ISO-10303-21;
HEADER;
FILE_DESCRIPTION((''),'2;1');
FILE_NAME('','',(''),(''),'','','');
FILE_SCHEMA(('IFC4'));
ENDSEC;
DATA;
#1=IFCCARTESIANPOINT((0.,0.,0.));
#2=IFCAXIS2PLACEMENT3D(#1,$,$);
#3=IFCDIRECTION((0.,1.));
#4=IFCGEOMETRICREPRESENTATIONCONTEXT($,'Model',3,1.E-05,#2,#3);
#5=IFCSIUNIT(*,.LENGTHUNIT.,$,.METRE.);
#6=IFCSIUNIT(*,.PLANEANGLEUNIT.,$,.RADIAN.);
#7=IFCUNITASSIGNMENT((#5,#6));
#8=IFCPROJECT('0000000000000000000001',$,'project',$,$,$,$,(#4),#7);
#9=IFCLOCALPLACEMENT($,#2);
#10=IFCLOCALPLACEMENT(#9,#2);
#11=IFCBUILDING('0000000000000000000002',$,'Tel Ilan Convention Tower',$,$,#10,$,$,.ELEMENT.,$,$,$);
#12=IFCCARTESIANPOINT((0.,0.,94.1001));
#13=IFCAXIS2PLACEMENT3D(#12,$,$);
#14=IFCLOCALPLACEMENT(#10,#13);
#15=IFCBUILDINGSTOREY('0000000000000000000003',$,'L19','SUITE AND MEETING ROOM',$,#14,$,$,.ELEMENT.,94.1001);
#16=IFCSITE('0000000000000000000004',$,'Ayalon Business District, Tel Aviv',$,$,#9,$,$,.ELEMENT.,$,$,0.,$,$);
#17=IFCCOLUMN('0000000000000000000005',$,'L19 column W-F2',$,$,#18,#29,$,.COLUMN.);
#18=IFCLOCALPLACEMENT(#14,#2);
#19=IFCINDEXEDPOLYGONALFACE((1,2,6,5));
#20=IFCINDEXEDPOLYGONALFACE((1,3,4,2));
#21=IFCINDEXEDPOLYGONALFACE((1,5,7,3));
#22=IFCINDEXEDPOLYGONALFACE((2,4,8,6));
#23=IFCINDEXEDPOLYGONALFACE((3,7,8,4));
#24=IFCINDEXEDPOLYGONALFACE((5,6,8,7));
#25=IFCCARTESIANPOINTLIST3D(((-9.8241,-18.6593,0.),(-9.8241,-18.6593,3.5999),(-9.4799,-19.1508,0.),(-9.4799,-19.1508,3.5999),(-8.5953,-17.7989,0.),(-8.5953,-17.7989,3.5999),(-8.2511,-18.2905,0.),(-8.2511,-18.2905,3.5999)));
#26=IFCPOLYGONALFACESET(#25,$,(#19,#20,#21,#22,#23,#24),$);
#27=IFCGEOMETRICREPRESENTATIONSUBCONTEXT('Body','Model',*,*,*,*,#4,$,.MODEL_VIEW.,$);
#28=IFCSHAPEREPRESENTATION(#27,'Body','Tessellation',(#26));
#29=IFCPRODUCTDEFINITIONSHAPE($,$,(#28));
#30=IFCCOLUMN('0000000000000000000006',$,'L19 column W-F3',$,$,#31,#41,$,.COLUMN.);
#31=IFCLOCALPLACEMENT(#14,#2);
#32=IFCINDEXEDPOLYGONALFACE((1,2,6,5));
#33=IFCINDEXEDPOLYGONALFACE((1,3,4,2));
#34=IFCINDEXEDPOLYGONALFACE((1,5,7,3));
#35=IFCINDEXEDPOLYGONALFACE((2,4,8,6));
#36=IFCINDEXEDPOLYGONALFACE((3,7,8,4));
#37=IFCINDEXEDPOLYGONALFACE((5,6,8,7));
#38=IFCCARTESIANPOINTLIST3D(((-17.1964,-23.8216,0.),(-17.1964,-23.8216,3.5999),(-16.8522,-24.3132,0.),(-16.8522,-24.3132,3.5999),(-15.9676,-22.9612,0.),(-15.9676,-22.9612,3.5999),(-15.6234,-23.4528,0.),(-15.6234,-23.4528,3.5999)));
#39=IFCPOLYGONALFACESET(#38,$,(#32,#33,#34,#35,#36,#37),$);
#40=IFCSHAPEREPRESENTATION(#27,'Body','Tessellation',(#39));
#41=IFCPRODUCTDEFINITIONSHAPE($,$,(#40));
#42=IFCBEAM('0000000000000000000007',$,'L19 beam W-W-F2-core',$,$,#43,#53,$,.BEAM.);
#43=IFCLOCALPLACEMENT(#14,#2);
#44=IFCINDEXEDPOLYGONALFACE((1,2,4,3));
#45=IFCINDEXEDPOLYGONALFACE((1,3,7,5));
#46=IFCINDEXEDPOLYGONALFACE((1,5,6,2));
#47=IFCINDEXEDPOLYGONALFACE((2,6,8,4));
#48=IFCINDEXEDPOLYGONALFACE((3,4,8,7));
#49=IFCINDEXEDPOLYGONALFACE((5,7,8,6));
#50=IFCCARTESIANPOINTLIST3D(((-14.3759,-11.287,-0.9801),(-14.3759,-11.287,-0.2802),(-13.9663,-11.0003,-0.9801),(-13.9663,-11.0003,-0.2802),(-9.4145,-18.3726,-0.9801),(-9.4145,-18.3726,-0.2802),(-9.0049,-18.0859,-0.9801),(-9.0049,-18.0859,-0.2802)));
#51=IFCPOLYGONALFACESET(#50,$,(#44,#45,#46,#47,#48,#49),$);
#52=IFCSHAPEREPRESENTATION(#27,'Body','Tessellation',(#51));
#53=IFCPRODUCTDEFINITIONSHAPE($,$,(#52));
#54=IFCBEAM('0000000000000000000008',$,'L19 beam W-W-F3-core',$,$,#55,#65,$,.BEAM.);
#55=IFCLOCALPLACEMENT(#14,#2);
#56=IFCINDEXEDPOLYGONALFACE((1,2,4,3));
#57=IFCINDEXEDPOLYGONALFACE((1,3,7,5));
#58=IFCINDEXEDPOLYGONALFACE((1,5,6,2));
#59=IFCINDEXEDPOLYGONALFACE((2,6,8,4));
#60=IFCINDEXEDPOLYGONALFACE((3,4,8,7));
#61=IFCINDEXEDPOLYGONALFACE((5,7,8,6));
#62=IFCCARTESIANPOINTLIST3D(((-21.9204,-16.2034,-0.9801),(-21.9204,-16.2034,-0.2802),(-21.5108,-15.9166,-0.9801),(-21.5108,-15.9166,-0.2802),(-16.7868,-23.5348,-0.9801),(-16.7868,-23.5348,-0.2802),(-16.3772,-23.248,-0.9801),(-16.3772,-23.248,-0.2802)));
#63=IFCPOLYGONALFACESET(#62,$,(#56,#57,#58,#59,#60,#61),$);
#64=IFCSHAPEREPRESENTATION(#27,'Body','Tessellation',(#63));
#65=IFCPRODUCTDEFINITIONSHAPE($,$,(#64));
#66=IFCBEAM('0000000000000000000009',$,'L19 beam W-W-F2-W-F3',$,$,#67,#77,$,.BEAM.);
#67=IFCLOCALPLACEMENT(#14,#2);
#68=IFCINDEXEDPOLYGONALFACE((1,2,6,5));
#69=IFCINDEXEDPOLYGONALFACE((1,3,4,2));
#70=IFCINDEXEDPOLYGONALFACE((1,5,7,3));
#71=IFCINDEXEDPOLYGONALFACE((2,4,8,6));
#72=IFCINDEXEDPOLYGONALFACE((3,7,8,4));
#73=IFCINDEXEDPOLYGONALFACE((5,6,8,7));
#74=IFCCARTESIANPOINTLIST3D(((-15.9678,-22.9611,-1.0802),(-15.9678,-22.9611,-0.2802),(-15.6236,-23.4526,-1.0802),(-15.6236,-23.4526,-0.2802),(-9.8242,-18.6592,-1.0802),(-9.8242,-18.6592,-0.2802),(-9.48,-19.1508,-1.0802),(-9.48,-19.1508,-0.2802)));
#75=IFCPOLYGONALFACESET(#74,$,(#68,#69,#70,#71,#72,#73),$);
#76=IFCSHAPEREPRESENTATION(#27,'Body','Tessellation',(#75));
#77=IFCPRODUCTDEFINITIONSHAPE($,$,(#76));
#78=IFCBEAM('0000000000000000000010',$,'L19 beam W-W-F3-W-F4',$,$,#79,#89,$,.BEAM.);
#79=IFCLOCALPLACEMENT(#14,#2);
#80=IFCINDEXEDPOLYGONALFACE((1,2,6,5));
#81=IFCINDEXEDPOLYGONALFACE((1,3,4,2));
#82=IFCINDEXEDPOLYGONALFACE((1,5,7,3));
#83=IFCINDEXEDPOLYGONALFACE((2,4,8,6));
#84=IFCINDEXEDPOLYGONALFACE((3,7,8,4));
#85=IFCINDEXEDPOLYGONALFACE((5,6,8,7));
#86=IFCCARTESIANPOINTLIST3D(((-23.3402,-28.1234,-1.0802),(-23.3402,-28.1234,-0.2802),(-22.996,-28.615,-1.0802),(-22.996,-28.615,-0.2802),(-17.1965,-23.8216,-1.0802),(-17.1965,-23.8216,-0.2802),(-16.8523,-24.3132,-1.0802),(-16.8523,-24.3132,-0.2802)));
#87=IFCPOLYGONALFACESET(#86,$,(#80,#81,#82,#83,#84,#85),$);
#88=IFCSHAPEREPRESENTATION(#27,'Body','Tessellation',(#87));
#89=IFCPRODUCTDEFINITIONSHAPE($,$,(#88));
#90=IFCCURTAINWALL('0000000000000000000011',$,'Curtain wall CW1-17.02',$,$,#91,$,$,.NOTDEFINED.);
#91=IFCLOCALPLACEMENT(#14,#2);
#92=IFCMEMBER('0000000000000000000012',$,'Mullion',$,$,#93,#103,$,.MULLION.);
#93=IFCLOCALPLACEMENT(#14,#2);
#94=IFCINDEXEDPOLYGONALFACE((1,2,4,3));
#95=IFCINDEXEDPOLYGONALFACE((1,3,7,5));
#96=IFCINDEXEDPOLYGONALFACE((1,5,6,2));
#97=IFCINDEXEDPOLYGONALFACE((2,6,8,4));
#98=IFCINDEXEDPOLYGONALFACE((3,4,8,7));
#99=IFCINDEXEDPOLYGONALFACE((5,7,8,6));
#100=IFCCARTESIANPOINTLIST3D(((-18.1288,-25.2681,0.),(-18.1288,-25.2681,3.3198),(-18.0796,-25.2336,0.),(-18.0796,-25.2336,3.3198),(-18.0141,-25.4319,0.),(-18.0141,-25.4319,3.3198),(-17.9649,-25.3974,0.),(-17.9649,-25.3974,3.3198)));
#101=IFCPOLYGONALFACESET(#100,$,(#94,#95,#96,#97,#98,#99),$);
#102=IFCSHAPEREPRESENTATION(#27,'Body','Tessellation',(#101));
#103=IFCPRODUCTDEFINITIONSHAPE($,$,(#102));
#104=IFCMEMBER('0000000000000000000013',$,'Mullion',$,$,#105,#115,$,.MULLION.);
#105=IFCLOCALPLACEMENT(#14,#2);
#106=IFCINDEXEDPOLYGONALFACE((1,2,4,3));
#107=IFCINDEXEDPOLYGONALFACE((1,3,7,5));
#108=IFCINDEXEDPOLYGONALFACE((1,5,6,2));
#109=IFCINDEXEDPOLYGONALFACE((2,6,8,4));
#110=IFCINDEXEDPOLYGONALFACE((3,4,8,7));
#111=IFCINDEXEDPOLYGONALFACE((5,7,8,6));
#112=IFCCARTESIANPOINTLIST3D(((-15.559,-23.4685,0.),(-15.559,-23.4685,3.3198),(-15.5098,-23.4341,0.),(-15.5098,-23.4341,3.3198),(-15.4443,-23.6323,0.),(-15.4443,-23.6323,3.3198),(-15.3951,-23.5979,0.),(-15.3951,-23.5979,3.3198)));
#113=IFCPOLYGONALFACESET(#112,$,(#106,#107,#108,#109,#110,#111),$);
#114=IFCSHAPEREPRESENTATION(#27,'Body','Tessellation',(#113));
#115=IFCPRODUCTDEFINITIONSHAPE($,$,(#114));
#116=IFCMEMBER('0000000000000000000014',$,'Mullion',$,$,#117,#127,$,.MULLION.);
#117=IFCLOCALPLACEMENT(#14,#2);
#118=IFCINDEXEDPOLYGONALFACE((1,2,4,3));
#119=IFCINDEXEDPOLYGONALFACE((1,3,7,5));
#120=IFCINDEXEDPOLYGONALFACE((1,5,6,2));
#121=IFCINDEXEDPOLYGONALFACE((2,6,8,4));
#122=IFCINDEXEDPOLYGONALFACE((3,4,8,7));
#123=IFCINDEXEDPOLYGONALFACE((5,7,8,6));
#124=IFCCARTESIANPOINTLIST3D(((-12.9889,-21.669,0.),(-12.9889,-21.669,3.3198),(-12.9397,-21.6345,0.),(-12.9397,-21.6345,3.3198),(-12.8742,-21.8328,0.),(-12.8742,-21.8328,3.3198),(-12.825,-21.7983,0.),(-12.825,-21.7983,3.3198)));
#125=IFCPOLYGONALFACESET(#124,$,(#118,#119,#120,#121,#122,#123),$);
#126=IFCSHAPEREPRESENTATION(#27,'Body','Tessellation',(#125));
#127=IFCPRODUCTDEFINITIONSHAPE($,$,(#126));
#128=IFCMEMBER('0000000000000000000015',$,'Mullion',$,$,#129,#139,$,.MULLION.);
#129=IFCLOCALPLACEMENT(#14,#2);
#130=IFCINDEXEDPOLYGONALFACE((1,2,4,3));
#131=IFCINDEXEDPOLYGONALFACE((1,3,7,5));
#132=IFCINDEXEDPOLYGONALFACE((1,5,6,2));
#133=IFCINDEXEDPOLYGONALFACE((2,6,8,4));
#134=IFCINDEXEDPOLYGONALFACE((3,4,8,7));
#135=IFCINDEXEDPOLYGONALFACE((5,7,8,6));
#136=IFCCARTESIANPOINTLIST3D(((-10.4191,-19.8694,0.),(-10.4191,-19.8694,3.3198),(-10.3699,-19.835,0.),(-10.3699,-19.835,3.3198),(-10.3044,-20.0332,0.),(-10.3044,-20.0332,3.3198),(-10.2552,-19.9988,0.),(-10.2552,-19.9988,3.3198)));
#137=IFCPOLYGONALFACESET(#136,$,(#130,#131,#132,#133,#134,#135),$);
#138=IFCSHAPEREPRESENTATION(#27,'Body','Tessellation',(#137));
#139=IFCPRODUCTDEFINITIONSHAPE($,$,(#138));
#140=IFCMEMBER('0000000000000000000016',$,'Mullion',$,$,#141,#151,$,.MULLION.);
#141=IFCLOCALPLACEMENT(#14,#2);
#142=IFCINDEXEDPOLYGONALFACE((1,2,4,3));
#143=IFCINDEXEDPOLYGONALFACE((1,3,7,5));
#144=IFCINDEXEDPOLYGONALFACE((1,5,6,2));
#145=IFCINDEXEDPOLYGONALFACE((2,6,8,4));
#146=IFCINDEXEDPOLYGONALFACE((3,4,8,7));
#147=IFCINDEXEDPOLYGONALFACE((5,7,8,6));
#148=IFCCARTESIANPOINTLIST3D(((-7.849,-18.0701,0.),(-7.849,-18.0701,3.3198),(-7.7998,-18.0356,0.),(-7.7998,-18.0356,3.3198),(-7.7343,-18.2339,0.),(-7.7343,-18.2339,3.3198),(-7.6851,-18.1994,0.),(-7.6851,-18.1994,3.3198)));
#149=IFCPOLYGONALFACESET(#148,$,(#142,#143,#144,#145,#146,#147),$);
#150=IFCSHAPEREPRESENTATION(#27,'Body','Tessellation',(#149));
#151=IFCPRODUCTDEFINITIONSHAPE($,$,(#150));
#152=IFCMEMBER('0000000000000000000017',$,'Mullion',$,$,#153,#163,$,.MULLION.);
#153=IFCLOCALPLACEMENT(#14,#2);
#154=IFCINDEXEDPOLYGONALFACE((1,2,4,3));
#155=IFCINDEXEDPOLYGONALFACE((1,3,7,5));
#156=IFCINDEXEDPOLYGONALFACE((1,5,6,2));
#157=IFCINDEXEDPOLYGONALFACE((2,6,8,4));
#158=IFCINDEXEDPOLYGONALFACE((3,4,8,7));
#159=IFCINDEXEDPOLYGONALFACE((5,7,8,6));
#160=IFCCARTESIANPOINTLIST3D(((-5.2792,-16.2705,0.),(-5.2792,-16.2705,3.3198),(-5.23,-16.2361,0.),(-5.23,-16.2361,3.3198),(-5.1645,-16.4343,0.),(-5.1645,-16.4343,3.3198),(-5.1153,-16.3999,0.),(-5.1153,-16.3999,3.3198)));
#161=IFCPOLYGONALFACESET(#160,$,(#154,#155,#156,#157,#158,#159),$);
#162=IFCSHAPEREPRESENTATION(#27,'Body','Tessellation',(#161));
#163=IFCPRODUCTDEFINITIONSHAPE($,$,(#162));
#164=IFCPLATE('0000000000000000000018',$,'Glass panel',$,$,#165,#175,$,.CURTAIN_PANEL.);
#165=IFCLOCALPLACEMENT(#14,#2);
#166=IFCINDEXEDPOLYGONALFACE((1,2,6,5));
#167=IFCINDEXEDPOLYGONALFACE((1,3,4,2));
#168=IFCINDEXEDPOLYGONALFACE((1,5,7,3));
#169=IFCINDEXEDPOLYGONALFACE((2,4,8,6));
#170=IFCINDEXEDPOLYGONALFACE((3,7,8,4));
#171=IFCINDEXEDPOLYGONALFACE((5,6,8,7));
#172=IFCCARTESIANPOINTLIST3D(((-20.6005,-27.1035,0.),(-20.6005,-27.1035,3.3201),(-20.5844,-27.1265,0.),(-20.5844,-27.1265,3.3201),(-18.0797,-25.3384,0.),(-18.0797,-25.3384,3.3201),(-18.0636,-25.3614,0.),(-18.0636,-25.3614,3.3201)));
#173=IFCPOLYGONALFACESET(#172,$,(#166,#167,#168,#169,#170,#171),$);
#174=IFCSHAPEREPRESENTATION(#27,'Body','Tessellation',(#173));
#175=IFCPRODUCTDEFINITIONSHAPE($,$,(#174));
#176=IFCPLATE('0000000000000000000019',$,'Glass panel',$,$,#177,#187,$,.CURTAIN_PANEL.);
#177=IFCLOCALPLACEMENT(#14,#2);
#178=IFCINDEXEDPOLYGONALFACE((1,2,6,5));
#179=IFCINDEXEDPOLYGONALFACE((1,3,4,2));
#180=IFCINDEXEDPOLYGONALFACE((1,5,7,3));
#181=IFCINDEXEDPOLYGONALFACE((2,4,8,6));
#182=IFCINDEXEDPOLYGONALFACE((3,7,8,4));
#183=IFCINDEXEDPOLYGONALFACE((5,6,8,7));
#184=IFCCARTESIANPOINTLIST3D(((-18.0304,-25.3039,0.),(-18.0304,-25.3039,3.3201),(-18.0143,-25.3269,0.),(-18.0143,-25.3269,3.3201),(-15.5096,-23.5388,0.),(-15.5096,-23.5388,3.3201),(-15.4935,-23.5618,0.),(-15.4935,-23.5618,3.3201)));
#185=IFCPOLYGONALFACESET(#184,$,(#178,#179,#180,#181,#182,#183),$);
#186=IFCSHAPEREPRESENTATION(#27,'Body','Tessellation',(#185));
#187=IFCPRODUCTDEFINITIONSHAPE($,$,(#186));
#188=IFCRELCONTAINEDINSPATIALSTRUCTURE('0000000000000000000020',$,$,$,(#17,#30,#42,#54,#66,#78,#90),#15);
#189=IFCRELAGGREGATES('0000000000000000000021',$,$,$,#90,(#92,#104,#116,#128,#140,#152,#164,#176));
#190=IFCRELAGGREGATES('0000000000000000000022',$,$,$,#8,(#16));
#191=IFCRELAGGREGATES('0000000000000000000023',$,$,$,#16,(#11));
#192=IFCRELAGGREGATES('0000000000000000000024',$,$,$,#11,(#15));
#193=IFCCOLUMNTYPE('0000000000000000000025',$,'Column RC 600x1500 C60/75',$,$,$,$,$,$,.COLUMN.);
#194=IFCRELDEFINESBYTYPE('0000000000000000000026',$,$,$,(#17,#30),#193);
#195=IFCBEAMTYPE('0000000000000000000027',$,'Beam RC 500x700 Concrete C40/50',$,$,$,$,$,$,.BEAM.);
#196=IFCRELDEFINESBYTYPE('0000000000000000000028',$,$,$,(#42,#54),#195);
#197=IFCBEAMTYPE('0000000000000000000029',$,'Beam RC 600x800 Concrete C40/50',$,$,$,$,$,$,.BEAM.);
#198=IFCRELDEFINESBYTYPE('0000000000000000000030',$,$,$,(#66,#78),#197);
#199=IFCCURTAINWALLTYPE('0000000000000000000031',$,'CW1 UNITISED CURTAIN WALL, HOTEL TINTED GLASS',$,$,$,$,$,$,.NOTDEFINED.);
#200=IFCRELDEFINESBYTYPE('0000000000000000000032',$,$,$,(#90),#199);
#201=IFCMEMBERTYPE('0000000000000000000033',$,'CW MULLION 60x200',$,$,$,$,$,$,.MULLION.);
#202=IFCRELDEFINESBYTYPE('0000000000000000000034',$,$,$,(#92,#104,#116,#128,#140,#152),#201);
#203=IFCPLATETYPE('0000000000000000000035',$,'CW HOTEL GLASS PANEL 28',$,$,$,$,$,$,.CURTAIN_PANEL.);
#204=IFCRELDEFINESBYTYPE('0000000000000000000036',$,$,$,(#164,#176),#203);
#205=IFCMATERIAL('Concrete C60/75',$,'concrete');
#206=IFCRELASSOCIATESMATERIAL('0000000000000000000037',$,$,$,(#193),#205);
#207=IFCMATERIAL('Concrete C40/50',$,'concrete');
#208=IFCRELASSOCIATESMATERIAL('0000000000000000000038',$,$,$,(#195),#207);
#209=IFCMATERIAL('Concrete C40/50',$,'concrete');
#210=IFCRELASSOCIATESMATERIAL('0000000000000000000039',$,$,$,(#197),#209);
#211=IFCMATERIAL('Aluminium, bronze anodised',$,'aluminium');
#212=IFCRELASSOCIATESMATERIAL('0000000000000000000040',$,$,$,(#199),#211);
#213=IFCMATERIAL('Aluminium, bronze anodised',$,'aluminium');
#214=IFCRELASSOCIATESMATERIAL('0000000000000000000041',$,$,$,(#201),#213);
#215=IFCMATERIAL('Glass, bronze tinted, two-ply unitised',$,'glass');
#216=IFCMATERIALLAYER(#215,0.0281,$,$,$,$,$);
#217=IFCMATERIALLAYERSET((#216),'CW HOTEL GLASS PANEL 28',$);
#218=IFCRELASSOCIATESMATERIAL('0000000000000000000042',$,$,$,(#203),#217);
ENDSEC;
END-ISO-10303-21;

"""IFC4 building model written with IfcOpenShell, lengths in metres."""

from ifc_helpers import new_model, si_unit, direction, frame, origin, origin_2d, place, context, subcontext, project, spatial, rectangle, extrude, material, layer, layer_set, material_profile, profile_set, type_object, element, aggregate, save


model = new_model("IFC4")

# Units and contexts
model_context = context("Model", 3, precision=1e-05, world=origin(), true_north=direction((0.0, 1.0)))
body_context = subcontext(model_context, "Body", "Model", "MODEL_VIEW")
ifc_project = project(units=[si_unit("LENGTHUNIT", "METRE"), si_unit("PLANEANGLEUNIT", "RADIAN")], contexts=[model_context])

# Site, building, storey
site_placement = place(None, origin())
site = spatial("IfcSite", under=ifc_project, at=site_placement, Name="Ayalon Business District, Tel Aviv", CompositionType="ELEMENT", RefElevation=0.0)
building_placement = place(site_placement, origin())
building = spatial("IfcBuilding", under=site, at=building_placement, Name="Tel Ilan Convention Tower", CompositionType="ELEMENT")
storey_placement = place(building_placement, frame((0.0, 0.0, 94.1001)))
storey = spatial("IfcBuildingStorey", under=building, at=storey_placement, Name="L19", Description="SUITE AND MEETING ROOM", CompositionType="ELEMENT", Elevation=94.1001)

# Columns
ifc_material_1 = material(Name="Concrete C60/75", Category="concrete")
ifc_material_profile_1 = material_profile(ifc_material_1, rectangle(XDim=1.5, YDim=0.6001, at=origin_2d()), Name="RC 600x1500")
ifc_profile_set_1 = profile_set([ifc_material_profile_1], Name="Concrete C60/75")
column_type = type_object("IfcColumnType", Name="Column RC 600x1500 C60/75", PredefinedType="COLUMN", material=ifc_profile_set_1)
for number, where, z_axis, x_axis, name in (
    (1, (-9.0376, -18.4749, 0.0), (0.0, 0.0, 1.0), (-0.819152, -0.573576, 0.0), "L19 column W-F2"),
    (2, (-16.4099, -23.6372, 0.0), (0.0, 0.0, 1.0), (-0.819152, -0.573576, 0.0), "L19 column W-F3"),
):
    element("IfcColumn", number, at=place(storey_placement, frame(where, z_axis=z_axis, x_axis=x_axis)), inside=storey, type_object=column_type, Name=name, PredefinedType="COLUMN", context=body_context, shape_type="SweptSolid", body=[
        extrude(rectangle(XDim=1.5, YDim=0.6001, at=origin_2d()), origin(), (0.0, 0.0, 1.0), 3.5999),
    ])

# Beams
ifc_material_2 = material(Name="Concrete C40/50", Category="concrete")
ifc_material_profile_2 = material_profile(ifc_material_2, rectangle(XDim=0.5, YDim=0.7, at=origin_2d()), Name="RC 500x700")
ifc_profile_set_2 = profile_set([ifc_material_profile_2], Name="Concrete C40/50")
beam_type_1 = type_object("IfcBeamType", Name="Beam RC 500x700 Concrete C40/50", PredefinedType="BEAM", material=ifc_profile_set_2)
beam_1_placement = place(storey_placement, frame((-9.2097, -18.2292, -0.6301), z_axis=(-0.573574, 0.819154, 0.0), x_axis=(-0.819154, -0.573574, 0.0)))
element("IfcBeam", 3, at=beam_1_placement, inside=storey, type_object=beam_type_1, Name="L19 beam W-W-F2-core", PredefinedType="BEAM", context=body_context, shape_type="SweptSolid", body=[
    extrude(rectangle(XDim=0.5, YDim=0.7, at=origin_2d()), origin(), (0.0, 0.0, 1.0), 8.6499),
])
beam_2_placement = place(storey_placement, frame((-16.582, -23.3914, -0.6301), z_axis=(-0.573585, 0.819146, 0.0), x_axis=(-0.819146, -0.573585, 0.0)))
element("IfcBeam", 4, at=beam_2_placement, inside=storey, type_object=beam_type_1, Name="L19 beam W-W-F3-core", PredefinedType="BEAM", context=body_context, shape_type="SweptSolid", body=[
    extrude(rectangle(XDim=0.5, YDim=0.7, at=origin_2d()), origin(), (0.0, 0.0, 1.0), 8.95),
])
ifc_material_3 = material(Name="Concrete C40/50", Category="concrete")
ifc_material_profile_3 = material_profile(ifc_material_3, rectangle(XDim=0.6001, YDim=0.8, at=origin_2d()), Name="RC 600x800")
ifc_profile_set_3 = profile_set([ifc_material_profile_3], Name="Concrete C40/50")
beam_type_2 = type_object("IfcBeamType", Name="Beam RC 600x800 Concrete C40/50", PredefinedType="BEAM", material=ifc_profile_set_3)
for number, where, z_axis, x_axis, name in (
    (5, (-9.6521, -18.905, -0.6802), (-0.819152, -0.573576, 0.0), (0.573576, -0.819152, 0.0), "L19 beam W-W-F2-W-F3"),
    (6, (-17.0244, -24.0674, -0.6802), (-0.819152, -0.573576, 0.0), (0.573576, -0.819152, 0.0), "L19 beam W-W-F3-W-F4"),
):
    element("IfcBeam", number, at=place(storey_placement, frame(where, z_axis=z_axis, x_axis=x_axis)), inside=storey, type_object=beam_type_2, Name=name, PredefinedType="BEAM", context=body_context, shape_type="SweptSolid", body=[
        extrude(rectangle(XDim=0.6001, YDim=0.8, at=origin_2d()), origin(), (0.0, 0.0, 1.0), 7.5),
    ])

# Curtain wall, members, plates
ifc_material_4 = material(Name="Aluminium, bronze anodised", Category="aluminium")
curtain_wall_type = type_object("IfcCurtainWallType", Name="CW1 UNITISED CURTAIN WALL, HOTEL TINTED GLASS", PredefinedType="NOTDEFINED", material=ifc_material_4)
curtain_wall_placement = place(storey_placement, origin())
curtain_wall = element("IfcCurtainWall", 7, at=curtain_wall_placement, inside=storey, type_object=curtain_wall_type, Name="Curtain wall CW1-17.02", PredefinedType="NOTDEFINED")
ifc_material_5 = material(Name="Aluminium, bronze anodised", Category="aluminium")
ifc_material_profile_4 = material_profile(ifc_material_5, rectangle(XDim=0.0601, YDim=0.2, at=origin_2d()), Name="CW MULLION 60x200")
ifc_profile_set_4 = profile_set([ifc_material_profile_4], Name="Aluminium, bronze anodised")
member_type = type_object("IfcMemberType", Name="CW MULLION 60x200", PredefinedType="MULLION", material=ifc_profile_set_4)
member_1_placement = place(storey_placement, frame((-18.0469, -25.3328, 0.0), z_axis=(0.0, 0.0, 1.0), x_axis=(0.819152, 0.573576, 0.0)))
member_1 = element("IfcMember", 8, at=member_1_placement, type_object=member_type, Name="Mullion", PredefinedType="MULLION", context=body_context, shape_type="SweptSolid", body=[
    extrude(rectangle(XDim=0.0601, YDim=0.2, at=origin_2d()), origin(), (0.0, 0.0, 1.0), 3.3198),
])
member_2_placement = place(storey_placement, frame((-15.4771, -23.5332, 0.0), z_axis=(0.0, 0.0, 1.0), x_axis=(0.819152, 0.573576, 0.0)))
member_2 = element("IfcMember", 9, at=member_2_placement, type_object=member_type, Name="Mullion", PredefinedType="MULLION", context=body_context, shape_type="SweptSolid", body=[
    extrude(rectangle(XDim=0.0601, YDim=0.2, at=origin_2d()), origin(), (0.0, 0.0, 1.0), 3.3198),
])
member_3_placement = place(storey_placement, frame((-12.907, -21.7336, 0.0), z_axis=(0.0, 0.0, 1.0), x_axis=(0.819152, 0.573576, 0.0)))
member_3 = element("IfcMember", 10, at=member_3_placement, type_object=member_type, Name="Mullion", PredefinedType="MULLION", context=body_context, shape_type="SweptSolid", body=[
    extrude(rectangle(XDim=0.0601, YDim=0.2, at=origin_2d()), origin(), (0.0, 0.0, 1.0), 3.3198),
])
member_4_placement = place(storey_placement, frame((-10.3372, -19.9341, 0.0), z_axis=(0.0, 0.0, 1.0), x_axis=(0.819152, 0.573576, 0.0)))
member_4 = element("IfcMember", 11, at=member_4_placement, type_object=member_type, Name="Mullion", PredefinedType="MULLION", context=body_context, shape_type="SweptSolid", body=[
    extrude(rectangle(XDim=0.0601, YDim=0.2, at=origin_2d()), origin(), (0.0, 0.0, 1.0), 3.3198),
])
member_5_placement = place(storey_placement, frame((-7.7671, -18.1348, 0.0), z_axis=(0.0, 0.0, 1.0), x_axis=(0.819152, 0.573576, 0.0)))
member_5 = element("IfcMember", 12, at=member_5_placement, type_object=member_type, Name="Mullion", PredefinedType="MULLION", context=body_context, shape_type="SweptSolid", body=[
    extrude(rectangle(XDim=0.0601, YDim=0.2, at=origin_2d()), origin(), (0.0, 0.0, 1.0), 3.3198),
])
member_6_placement = place(storey_placement, frame((-5.1973, -16.3352, 0.0), z_axis=(0.0, 0.0, 1.0), x_axis=(0.819152, 0.573576, 0.0)))
member_6 = element("IfcMember", 13, at=member_6_placement, type_object=member_type, Name="Mullion", PredefinedType="MULLION", context=body_context, shape_type="SweptSolid", body=[
    extrude(rectangle(XDim=0.0601, YDim=0.2, at=origin_2d()), origin(), (0.0, 0.0, 1.0), 3.3198),
])
ifc_material_6 = material(Name="Glass, bronze tinted, two-ply unitised", Category="glass")
ifc_layer_1 = layer(ifc_material_6, 0.0281)
ifc_layer_set_1 = layer_set([ifc_layer_1], Name="CW HOTEL GLASS PANEL 28")
plate_type = type_object("IfcPlateType", Name="CW HOTEL GLASS PANEL 28", PredefinedType="CURTAIN_PANEL", material=ifc_layer_set_1)
plate_1_placement = place(storey_placement, frame((-19.332, -26.2324, 0.0), z_axis=(0.0, 0.0, 1.0), x_axis=(0.819152, 0.573576, 0.0)))
plate_1 = element("IfcPlate", 14, at=plate_1_placement, type_object=plate_type, Name="Glass panel", PredefinedType="CURTAIN_PANEL", context=body_context, shape_type="SweptSolid", body=[
    extrude(rectangle(XDim=3.0774, YDim=0.0281, at=origin_2d()), origin(), (0.0, 0.0, 1.0), 3.3201),
])
plate_2_placement = place(storey_placement, frame((-16.762, -24.4329, 0.0), z_axis=(0.0, 0.0, 1.0), x_axis=(0.819152, 0.573576, 0.0)))
plate_2 = element("IfcPlate", 15, at=plate_2_placement, type_object=plate_type, Name="Glass panel", PredefinedType="CURTAIN_PANEL", context=body_context, shape_type="SweptSolid", body=[
    extrude(rectangle(XDim=3.0774, YDim=0.0281, at=origin_2d()), origin(), (0.0, 0.0, 1.0), 3.3201),
])
aggregate(curtain_wall, [member_1, member_2, member_3, member_4, member_5, member_6, plate_1, plate_2])

save(model, "model.ifc")
